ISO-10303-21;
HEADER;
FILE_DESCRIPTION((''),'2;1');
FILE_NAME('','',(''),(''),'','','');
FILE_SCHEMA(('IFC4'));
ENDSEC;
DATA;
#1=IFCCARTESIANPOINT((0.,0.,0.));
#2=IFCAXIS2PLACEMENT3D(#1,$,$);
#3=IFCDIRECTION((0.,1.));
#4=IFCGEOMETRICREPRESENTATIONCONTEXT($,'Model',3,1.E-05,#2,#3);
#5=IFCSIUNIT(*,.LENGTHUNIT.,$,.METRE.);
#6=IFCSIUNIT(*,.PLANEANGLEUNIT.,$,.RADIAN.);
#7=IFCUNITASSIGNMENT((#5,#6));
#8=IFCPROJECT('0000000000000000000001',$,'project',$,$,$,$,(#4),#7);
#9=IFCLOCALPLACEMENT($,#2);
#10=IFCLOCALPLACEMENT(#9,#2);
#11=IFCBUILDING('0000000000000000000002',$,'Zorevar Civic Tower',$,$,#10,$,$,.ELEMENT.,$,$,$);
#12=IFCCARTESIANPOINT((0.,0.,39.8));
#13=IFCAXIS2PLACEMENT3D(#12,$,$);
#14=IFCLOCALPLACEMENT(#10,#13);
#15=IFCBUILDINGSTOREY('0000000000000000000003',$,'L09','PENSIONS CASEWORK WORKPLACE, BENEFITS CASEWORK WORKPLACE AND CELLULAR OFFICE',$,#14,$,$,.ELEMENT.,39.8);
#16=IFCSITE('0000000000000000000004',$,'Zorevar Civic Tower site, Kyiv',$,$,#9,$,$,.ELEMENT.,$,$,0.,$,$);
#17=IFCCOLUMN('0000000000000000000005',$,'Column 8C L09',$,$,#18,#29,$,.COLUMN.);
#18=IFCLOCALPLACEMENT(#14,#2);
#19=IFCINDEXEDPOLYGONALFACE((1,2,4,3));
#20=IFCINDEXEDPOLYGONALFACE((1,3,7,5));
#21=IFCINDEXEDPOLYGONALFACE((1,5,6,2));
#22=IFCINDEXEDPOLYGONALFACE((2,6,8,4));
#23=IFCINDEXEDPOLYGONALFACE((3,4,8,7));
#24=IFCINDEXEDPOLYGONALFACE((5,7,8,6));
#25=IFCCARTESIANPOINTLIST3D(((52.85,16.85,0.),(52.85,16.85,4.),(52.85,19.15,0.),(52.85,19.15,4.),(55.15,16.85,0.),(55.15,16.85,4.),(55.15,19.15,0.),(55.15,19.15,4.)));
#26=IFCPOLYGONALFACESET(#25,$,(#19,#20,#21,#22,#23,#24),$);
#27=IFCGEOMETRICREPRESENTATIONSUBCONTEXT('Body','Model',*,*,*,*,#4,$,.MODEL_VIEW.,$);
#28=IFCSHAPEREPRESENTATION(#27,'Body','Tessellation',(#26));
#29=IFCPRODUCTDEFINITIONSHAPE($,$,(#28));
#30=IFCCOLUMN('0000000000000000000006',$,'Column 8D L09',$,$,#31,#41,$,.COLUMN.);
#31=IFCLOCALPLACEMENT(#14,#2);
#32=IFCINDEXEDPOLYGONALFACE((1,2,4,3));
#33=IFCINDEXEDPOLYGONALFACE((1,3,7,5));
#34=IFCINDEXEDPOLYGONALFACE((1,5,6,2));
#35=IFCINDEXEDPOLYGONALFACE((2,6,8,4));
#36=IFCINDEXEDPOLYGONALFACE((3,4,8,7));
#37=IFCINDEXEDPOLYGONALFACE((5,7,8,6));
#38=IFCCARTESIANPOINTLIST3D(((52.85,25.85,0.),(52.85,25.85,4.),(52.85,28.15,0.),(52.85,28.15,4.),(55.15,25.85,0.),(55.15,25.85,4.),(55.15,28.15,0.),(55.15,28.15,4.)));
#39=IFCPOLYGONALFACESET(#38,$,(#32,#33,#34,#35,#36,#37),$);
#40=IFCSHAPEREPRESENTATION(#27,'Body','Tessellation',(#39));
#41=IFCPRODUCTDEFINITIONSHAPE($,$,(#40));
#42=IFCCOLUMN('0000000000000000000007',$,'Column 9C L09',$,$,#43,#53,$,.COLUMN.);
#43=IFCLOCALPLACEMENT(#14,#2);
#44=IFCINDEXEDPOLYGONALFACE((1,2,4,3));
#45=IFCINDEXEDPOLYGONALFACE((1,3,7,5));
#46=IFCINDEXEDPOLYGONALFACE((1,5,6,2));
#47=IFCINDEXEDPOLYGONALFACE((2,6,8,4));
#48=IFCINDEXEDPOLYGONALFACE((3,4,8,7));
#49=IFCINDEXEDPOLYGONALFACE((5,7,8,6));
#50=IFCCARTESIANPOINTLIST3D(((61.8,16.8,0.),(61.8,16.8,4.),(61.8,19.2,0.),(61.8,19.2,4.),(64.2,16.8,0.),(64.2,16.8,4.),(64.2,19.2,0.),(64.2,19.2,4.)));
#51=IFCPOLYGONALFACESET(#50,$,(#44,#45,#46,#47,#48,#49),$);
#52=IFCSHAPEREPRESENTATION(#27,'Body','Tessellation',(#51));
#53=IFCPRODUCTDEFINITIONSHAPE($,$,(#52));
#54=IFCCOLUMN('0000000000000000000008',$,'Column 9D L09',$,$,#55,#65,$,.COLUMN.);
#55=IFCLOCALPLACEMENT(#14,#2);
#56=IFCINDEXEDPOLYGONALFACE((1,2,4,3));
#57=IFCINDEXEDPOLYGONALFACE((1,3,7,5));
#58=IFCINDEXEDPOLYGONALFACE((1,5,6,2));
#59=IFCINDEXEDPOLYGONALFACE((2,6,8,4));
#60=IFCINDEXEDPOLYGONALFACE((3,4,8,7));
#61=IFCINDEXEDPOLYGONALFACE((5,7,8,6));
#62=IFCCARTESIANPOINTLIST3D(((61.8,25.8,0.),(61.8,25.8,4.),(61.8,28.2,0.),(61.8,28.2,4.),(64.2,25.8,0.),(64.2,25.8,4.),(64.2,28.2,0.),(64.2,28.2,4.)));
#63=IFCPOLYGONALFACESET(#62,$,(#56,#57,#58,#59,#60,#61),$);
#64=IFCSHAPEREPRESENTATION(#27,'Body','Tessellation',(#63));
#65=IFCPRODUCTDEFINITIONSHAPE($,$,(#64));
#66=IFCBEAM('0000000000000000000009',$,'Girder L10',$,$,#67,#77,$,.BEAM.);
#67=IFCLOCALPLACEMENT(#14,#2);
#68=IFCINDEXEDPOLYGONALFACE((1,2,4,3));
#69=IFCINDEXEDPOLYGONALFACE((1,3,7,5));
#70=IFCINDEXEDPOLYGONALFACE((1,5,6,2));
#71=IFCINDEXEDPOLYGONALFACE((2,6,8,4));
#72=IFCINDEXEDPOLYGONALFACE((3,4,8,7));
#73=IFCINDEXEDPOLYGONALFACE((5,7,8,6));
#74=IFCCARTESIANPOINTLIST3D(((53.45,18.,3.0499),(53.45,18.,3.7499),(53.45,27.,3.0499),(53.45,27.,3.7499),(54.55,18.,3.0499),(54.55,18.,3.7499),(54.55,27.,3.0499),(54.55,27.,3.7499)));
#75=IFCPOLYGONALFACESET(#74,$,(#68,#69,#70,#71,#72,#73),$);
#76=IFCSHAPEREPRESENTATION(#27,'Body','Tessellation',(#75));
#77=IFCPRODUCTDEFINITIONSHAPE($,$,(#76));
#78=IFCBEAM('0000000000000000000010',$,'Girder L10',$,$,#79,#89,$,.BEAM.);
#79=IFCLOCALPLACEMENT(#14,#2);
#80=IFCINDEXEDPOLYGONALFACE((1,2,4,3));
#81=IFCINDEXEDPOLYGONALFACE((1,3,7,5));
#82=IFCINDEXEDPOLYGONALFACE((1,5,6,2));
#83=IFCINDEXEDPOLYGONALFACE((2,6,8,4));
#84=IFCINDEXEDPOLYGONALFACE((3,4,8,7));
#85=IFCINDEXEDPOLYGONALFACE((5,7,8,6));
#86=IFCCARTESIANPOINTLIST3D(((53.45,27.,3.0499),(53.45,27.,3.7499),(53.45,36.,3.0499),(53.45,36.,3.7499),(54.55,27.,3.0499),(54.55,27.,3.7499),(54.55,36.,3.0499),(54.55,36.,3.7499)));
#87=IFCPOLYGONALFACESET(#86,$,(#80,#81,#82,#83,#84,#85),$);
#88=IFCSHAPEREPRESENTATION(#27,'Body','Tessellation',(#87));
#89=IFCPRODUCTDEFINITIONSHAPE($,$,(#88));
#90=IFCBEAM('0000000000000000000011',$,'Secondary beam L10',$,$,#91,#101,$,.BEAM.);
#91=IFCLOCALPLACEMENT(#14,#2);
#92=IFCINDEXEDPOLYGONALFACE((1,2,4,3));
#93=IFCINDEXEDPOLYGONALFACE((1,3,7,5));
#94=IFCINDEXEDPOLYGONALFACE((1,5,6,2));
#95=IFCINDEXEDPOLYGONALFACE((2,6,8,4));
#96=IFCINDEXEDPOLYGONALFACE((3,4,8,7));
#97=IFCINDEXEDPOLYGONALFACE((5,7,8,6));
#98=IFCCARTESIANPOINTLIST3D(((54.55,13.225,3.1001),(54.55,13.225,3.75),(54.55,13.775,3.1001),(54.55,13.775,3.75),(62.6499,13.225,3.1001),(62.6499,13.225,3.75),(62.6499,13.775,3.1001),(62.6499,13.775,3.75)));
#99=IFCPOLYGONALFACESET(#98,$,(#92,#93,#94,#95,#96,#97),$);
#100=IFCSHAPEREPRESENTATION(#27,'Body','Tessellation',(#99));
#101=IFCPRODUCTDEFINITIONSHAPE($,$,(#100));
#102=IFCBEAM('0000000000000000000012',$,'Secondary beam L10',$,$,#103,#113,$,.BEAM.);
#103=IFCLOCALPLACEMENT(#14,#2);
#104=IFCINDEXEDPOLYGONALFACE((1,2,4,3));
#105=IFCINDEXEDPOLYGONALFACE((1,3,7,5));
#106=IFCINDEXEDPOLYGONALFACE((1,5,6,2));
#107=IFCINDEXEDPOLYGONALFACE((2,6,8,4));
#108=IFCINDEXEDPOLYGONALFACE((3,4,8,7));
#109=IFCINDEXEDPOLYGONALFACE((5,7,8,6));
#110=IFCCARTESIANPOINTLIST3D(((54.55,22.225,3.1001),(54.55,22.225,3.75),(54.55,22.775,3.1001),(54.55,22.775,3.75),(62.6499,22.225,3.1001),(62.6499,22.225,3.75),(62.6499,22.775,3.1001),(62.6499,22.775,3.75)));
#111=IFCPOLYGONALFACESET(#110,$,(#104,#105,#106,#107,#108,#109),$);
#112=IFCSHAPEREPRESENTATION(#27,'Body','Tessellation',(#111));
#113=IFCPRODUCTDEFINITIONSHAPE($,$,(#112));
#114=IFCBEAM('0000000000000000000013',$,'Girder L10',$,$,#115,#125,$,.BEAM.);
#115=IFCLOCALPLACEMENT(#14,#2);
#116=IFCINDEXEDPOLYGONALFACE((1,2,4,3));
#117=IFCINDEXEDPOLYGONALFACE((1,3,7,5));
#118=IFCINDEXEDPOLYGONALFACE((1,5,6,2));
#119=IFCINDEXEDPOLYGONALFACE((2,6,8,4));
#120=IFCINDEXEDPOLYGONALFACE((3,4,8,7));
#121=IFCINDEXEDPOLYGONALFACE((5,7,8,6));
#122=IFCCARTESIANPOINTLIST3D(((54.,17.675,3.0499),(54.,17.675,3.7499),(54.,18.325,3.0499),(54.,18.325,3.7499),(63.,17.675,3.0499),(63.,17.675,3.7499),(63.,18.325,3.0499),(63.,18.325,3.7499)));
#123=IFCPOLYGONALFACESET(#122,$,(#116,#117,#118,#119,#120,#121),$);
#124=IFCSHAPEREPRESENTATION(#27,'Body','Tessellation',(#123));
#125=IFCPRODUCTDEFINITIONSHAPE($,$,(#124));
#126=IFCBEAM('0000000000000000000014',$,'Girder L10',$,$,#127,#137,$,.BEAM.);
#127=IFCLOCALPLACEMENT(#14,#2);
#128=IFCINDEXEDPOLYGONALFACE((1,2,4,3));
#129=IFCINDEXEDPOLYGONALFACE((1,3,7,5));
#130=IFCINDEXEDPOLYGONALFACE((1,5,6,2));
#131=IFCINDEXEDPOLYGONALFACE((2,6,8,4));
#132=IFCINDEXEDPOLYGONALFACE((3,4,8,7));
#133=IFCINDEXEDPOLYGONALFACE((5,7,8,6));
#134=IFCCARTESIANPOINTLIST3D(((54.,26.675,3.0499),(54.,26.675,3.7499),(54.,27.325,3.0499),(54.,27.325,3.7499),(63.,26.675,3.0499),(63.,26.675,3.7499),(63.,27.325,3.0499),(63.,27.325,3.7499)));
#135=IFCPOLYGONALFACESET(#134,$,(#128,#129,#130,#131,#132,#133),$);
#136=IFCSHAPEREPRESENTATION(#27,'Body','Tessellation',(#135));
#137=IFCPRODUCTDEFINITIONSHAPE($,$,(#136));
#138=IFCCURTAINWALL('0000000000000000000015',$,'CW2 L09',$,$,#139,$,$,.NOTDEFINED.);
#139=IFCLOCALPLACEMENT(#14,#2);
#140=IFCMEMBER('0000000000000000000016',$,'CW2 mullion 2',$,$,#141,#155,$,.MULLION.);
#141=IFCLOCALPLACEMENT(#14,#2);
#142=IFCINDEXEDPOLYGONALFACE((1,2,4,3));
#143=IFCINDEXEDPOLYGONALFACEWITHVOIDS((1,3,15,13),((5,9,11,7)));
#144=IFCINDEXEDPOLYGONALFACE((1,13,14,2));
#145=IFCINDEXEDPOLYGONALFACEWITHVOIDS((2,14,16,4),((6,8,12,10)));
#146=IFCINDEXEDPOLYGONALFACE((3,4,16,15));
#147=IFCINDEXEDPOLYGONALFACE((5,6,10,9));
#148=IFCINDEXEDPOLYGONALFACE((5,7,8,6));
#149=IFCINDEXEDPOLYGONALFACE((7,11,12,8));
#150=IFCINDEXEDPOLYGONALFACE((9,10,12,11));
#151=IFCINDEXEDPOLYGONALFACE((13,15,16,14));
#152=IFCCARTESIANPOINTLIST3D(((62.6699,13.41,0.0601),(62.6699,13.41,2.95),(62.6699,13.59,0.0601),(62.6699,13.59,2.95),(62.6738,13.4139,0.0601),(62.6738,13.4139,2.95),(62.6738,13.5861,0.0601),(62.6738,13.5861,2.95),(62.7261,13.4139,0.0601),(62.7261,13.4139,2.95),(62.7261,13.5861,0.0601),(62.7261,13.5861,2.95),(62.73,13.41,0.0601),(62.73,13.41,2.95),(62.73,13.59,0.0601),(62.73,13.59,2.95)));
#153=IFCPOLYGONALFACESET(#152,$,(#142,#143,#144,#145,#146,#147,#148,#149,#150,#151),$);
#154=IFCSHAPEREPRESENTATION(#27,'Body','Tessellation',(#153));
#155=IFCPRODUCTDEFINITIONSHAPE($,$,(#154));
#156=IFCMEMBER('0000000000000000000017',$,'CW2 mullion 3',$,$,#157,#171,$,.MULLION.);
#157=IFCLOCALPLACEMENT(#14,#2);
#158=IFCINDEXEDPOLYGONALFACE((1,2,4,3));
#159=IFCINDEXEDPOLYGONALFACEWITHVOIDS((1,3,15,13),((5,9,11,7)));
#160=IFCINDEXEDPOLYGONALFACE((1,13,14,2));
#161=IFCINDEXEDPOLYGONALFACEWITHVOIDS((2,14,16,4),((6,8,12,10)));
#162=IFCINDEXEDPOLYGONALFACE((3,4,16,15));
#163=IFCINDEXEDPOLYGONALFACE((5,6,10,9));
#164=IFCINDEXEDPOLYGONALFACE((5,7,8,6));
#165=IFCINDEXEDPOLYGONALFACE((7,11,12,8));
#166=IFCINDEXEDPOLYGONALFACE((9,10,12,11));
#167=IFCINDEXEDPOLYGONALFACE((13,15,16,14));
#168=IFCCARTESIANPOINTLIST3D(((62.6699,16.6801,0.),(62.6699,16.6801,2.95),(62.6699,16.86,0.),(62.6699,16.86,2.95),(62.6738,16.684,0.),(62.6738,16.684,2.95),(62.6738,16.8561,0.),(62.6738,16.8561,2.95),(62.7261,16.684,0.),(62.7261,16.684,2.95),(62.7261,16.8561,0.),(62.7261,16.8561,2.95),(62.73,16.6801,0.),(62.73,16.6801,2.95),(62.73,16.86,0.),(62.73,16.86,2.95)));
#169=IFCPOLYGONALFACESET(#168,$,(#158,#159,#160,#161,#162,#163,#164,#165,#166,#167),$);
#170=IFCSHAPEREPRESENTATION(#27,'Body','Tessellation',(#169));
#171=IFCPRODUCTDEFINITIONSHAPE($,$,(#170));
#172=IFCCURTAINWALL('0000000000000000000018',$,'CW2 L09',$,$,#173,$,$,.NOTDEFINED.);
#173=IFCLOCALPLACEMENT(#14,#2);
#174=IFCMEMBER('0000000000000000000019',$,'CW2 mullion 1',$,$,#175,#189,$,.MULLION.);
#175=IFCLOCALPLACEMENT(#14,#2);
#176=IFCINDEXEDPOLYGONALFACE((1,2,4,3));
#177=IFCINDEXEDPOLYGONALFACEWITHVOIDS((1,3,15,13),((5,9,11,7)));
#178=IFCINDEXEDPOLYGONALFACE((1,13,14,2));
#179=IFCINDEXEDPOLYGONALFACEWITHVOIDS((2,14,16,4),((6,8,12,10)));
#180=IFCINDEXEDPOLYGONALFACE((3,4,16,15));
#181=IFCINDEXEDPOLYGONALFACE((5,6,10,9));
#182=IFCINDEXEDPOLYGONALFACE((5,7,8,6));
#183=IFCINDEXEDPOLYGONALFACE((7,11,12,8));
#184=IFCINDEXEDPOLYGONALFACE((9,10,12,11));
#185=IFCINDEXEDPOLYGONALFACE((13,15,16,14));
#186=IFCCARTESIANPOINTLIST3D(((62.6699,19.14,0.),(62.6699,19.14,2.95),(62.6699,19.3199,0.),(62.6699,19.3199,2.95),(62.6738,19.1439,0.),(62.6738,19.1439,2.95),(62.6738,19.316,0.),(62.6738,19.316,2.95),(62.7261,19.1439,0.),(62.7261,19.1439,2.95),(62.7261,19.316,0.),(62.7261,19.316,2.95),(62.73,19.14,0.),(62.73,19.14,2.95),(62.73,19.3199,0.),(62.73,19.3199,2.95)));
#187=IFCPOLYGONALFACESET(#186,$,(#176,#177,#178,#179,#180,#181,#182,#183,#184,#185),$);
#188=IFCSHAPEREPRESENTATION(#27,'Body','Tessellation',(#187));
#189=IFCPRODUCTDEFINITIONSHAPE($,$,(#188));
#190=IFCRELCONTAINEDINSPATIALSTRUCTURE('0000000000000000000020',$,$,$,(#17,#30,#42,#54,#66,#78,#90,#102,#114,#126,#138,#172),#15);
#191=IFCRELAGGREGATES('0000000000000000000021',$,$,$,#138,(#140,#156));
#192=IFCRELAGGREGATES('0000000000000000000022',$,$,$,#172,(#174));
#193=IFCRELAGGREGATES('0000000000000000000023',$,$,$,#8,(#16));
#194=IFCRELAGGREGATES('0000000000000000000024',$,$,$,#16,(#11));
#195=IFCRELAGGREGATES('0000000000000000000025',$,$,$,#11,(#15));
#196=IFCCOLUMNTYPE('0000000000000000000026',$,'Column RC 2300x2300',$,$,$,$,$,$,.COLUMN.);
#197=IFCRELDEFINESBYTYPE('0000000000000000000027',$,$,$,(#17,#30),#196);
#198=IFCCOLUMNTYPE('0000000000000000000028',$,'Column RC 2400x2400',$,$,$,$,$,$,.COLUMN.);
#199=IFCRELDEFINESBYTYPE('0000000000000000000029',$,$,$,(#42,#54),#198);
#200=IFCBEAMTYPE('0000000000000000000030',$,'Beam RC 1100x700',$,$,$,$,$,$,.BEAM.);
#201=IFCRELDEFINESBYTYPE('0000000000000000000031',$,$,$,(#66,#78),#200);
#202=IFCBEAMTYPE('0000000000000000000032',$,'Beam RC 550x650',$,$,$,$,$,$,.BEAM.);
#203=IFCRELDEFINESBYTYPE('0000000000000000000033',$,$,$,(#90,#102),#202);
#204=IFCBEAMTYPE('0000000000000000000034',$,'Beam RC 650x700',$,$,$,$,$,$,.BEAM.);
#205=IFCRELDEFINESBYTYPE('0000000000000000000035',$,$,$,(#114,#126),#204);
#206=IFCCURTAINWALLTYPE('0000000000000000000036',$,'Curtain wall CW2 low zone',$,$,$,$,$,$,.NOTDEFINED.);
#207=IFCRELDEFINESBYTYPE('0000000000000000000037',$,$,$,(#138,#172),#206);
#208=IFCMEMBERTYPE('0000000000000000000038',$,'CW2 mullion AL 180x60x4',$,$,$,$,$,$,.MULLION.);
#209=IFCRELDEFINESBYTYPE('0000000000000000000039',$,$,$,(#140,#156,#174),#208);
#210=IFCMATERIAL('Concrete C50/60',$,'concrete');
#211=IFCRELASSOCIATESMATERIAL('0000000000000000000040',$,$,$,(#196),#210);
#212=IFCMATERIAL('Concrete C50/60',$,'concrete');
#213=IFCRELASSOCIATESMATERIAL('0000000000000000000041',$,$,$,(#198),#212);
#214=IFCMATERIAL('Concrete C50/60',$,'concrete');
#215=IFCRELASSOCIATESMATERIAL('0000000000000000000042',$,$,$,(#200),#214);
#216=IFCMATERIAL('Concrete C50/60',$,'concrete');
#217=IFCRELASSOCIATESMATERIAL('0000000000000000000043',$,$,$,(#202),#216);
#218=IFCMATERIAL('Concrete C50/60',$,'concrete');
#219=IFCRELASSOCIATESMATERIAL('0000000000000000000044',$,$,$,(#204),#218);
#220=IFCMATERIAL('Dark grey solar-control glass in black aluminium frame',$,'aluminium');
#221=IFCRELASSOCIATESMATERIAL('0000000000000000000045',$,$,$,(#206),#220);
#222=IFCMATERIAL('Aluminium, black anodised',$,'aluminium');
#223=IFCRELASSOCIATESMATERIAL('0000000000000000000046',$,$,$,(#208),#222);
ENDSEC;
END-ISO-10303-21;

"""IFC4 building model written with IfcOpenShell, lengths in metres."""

from ifc_helpers import new_model, si_unit, direction, frame, origin, origin_2d, place, context, subcontext, project, spatial, rectangle, hollow_rectangle, extrude, material, material_profile, profile_set, type_object, element, aggregate, save


model = new_model("IFC4")

# Units and contexts
model_context = context("Model", 3, precision=1e-05, world=origin(), true_north=direction((0.0, 1.0)))
body_context = subcontext(model_context, "Body", "Model", "MODEL_VIEW")
ifc_project = project(units=[si_unit("LENGTHUNIT", "METRE"), si_unit("PLANEANGLEUNIT", "RADIAN")], contexts=[model_context])

# Site, building, storey
site_placement = place(None, origin())
site = spatial("IfcSite", under=ifc_project, at=site_placement, Name="Zorevar Civic Tower site, Kyiv", CompositionType="ELEMENT", RefElevation=0.0)
building_placement = place(site_placement, origin())
building = spatial("IfcBuilding", under=site, at=building_placement, Name="Zorevar Civic Tower", CompositionType="ELEMENT")
storey_placement = place(building_placement, frame((0.0, 0.0, 39.8)))
storey = spatial("IfcBuildingStorey", under=building, at=storey_placement, Name="L09", Description="PENSIONS CASEWORK WORKPLACE, BENEFITS CASEWORK WORKPLACE AND CELLULAR OFFICE", CompositionType="ELEMENT", Elevation=39.8)

# Columns
ifc_material_1 = material(Name="Concrete C50/60", Category="concrete")
ifc_material_profile_1 = material_profile(ifc_material_1, rectangle(XDim=2.3, YDim=2.3, at=origin_2d()), Name="RC 2300x2300")
ifc_profile_set_1 = profile_set([ifc_material_profile_1], Name="Concrete C50/60")
column_type_1 = type_object("IfcColumnType", Name="Column RC 2300x2300", PredefinedType="COLUMN", material=ifc_profile_set_1)
for number, where, z_axis, x_axis, name in (
    (1, (54.0, 18.0, 0.0), (0.0, 0.0, 1.0), (1.0, 0.0, 0.0), "Column 8C L09"),
    (2, (54.0, 27.0, 0.0), (0.0, 0.0, 1.0), (1.0, 0.0, 0.0), "Column 8D L09"),
):
    element("IfcColumn", number, at=place(storey_placement, frame(where, z_axis=z_axis, x_axis=x_axis)), inside=storey, type_object=column_type_1, Name=name, PredefinedType="COLUMN", context=body_context, shape_type="SweptSolid", body=[
        extrude(rectangle(XDim=2.3, YDim=2.3, at=origin_2d()), origin(), (0.0, 0.0, 1.0), 4.0),
    ])
ifc_material_2 = material(Name="Concrete C50/60", Category="concrete")
ifc_material_profile_2 = material_profile(ifc_material_2, rectangle(XDim=2.3999, YDim=2.3999, at=origin_2d()), Name="RC 2400x2400")
ifc_profile_set_2 = profile_set([ifc_material_profile_2], Name="Concrete C50/60")
column_type_2 = type_object("IfcColumnType", Name="Column RC 2400x2400", PredefinedType="COLUMN", material=ifc_profile_set_2)
for number, where, z_axis, x_axis, name in (
    (3, (63.0, 18.0, 0.0), (0.0, 0.0, 1.0), (1.0, 0.0, 0.0), "Column 9C L09"),
    (4, (63.0, 27.0, 0.0), (0.0, 0.0, 1.0), (1.0, 0.0, 0.0), "Column 9D L09"),
):
    element("IfcColumn", number, at=place(storey_placement, frame(where, z_axis=z_axis, x_axis=x_axis)), inside=storey, type_object=column_type_2, Name=name, PredefinedType="COLUMN", context=body_context, shape_type="SweptSolid", body=[
        extrude(rectangle(XDim=2.3999, YDim=2.3999, at=origin_2d()), origin(), (0.0, 0.0, 1.0), 4.0),
    ])

# Beams
ifc_material_3 = material(Name="Concrete C50/60", Category="concrete")
ifc_material_profile_3 = material_profile(ifc_material_3, rectangle(XDim=1.1001, YDim=0.7, at=origin_2d()), Name="RC 1100x700")
ifc_profile_set_3 = profile_set([ifc_material_profile_3], Name="Concrete C50/60")
beam_type_1 = type_object("IfcBeamType", Name="Beam RC 1100x700", PredefinedType="BEAM", material=ifc_profile_set_3)
for number, where, z_axis, x_axis, name in (
    (5, (54.0, 18.0, 3.3999), (0.0, 1.0, 0.0), (-1.0, 0.0, 0.0), "Girder L10"),
    (6, (54.0, 27.0, 3.3999), (0.0, 1.0, 0.0), (-1.0, 0.0, 0.0), "Girder L10"),
):
    element("IfcBeam", number, at=place(storey_placement, frame(where, z_axis=z_axis, x_axis=x_axis)), inside=storey, type_object=beam_type_1, Name=name, PredefinedType="BEAM", context=body_context, shape_type="SweptSolid", body=[
        extrude(rectangle(XDim=1.1001, YDim=0.7, at=origin_2d()), origin(), (0.0, 0.0, 1.0), 9.0),
    ])
ifc_material_4 = material(Name="Concrete C50/60", Category="concrete")
ifc_material_profile_4 = material_profile(ifc_material_4, rectangle(XDim=0.55, YDim=0.6499, at=origin_2d()), Name="RC 550x650")
ifc_profile_set_4 = profile_set([ifc_material_profile_4], Name="Concrete C50/60")
beam_type_2 = type_object("IfcBeamType", Name="Beam RC 550x650", PredefinedType="BEAM", material=ifc_profile_set_4)
for number, where, z_axis, x_axis, name in (
    (7, (54.55, 13.5, 3.425), (1.0, 0.0, 0.0), (0.0, 1.0, 0.0), "Secondary beam L10"),
    (8, (54.55, 22.5, 3.425), (1.0, 0.0, 0.0), (0.0, 1.0, 0.0), "Secondary beam L10"),
):
    element("IfcBeam", number, at=place(storey_placement, frame(where, z_axis=z_axis, x_axis=x_axis)), inside=storey, type_object=beam_type_2, Name=name, PredefinedType="BEAM", context=body_context, shape_type="SweptSolid", body=[
        extrude(rectangle(XDim=0.55, YDim=0.6499, at=origin_2d()), origin(), (0.0, 0.0, 1.0), 8.0999),
    ])
ifc_material_5 = material(Name="Concrete C50/60", Category="concrete")
ifc_material_profile_5 = material_profile(ifc_material_5, rectangle(XDim=0.6499, YDim=0.7, at=origin_2d()), Name="RC 650x700")
ifc_profile_set_5 = profile_set([ifc_material_profile_5], Name="Concrete C50/60")
beam_type_3 = type_object("IfcBeamType", Name="Beam RC 650x700", PredefinedType="BEAM", material=ifc_profile_set_5)
for number, where, z_axis, x_axis, name in (
    (9, (54.0, 18.0, 3.3999), (1.0, 0.0, 0.0), (0.0, 1.0, 0.0), "Girder L10"),
    (10, (54.0, 27.0, 3.3999), (1.0, 0.0, 0.0), (0.0, 1.0, 0.0), "Girder L10"),
):
    element("IfcBeam", number, at=place(storey_placement, frame(where, z_axis=z_axis, x_axis=x_axis)), inside=storey, type_object=beam_type_3, Name=name, PredefinedType="BEAM", context=body_context, shape_type="SweptSolid", body=[
        extrude(rectangle(XDim=0.6499, YDim=0.7, at=origin_2d()), origin(), (0.0, 0.0, 1.0), 9.0),
    ])

# Curtain walls, members
ifc_material_6 = material(Name="Dark grey solar-control glass in black aluminium frame", Category="aluminium")
curtain_wall_type = type_object("IfcCurtainWallType", Name="Curtain wall CW2 low zone", PredefinedType="NOTDEFINED", material=ifc_material_6)
curtain_wall_1_placement = place(storey_placement, origin())
curtain_wall_1 = element("IfcCurtainWall", 11, at=curtain_wall_1_placement, inside=storey, type_object=curtain_wall_type, Name="CW2 L09", PredefinedType="NOTDEFINED")
ifc_material_7 = material(Name="Aluminium, black anodised", Category="aluminium")
ifc_material_profile_6 = material_profile(ifc_material_7, hollow_rectangle(XDim=0.0601, YDim=0.1799, WallThickness=0.0039, at=origin_2d()), Name="AL 180x60x4")
ifc_profile_set_6 = profile_set([ifc_material_profile_6], Name="Aluminium, black anodised")
member_type_1 = type_object("IfcMemberType", Name="CW2 mullion AL 180x60x4", PredefinedType="MULLION", material=ifc_profile_set_6)
member_1_placement = place(storey_placement, frame((62.7, 13.5, 0.0601), z_axis=(0.0, 0.0, 1.0), x_axis=(-1.0, 0.0, 0.0)))
member_1 = element("IfcMember", 12, at=member_1_placement, type_object=member_type_1, Name="CW2 mullion 2", PredefinedType="MULLION", context=body_context, shape_type="SweptSolid", body=[
    extrude(hollow_rectangle(XDim=0.0601, YDim=0.1799, WallThickness=0.0039, at=origin_2d()), origin(), (0.0, 0.0, 1.0), 2.8899),
])
member_2_placement = place(storey_placement, frame((62.7, 16.77, 0.0), z_axis=(0.0, 0.0, 1.0), x_axis=(-1.0, 0.0, 0.0)))
member_2 = element("IfcMember", 13, at=member_2_placement, type_object=member_type_1, Name="CW2 mullion 3", PredefinedType="MULLION", context=body_context, shape_type="SweptSolid", body=[
    extrude(hollow_rectangle(XDim=0.0601, YDim=0.1799, WallThickness=0.0039, at=origin_2d()), origin(), (0.0, 0.0, 1.0), 2.95),
])
curtain_wall_2_placement = place(storey_placement, origin())
curtain_wall_2 = element("IfcCurtainWall", 14, at=curtain_wall_2_placement, inside=storey, type_object=curtain_wall_type, Name="CW2 L09", PredefinedType="NOTDEFINED")
member_3_placement = place(storey_placement, frame((62.7, 19.23, 0.0), z_axis=(0.0, 0.0, 1.0), x_axis=(-1.0, 0.0, 0.0)))
member_3 = element("IfcMember", 15, at=member_3_placement, type_object=member_type_1, Name="CW2 mullion 1", PredefinedType="MULLION", context=body_context, shape_type="SweptSolid", body=[
    extrude(hollow_rectangle(XDim=0.0601, YDim=0.1799, WallThickness=0.0039, at=origin_2d()), origin(), (0.0, 0.0, 1.0), 2.95),
])

aggregate(curtain_wall_1, [member_1, member_2])
aggregate(curtain_wall_2, [member_3])

save(model, "model.ifc")
